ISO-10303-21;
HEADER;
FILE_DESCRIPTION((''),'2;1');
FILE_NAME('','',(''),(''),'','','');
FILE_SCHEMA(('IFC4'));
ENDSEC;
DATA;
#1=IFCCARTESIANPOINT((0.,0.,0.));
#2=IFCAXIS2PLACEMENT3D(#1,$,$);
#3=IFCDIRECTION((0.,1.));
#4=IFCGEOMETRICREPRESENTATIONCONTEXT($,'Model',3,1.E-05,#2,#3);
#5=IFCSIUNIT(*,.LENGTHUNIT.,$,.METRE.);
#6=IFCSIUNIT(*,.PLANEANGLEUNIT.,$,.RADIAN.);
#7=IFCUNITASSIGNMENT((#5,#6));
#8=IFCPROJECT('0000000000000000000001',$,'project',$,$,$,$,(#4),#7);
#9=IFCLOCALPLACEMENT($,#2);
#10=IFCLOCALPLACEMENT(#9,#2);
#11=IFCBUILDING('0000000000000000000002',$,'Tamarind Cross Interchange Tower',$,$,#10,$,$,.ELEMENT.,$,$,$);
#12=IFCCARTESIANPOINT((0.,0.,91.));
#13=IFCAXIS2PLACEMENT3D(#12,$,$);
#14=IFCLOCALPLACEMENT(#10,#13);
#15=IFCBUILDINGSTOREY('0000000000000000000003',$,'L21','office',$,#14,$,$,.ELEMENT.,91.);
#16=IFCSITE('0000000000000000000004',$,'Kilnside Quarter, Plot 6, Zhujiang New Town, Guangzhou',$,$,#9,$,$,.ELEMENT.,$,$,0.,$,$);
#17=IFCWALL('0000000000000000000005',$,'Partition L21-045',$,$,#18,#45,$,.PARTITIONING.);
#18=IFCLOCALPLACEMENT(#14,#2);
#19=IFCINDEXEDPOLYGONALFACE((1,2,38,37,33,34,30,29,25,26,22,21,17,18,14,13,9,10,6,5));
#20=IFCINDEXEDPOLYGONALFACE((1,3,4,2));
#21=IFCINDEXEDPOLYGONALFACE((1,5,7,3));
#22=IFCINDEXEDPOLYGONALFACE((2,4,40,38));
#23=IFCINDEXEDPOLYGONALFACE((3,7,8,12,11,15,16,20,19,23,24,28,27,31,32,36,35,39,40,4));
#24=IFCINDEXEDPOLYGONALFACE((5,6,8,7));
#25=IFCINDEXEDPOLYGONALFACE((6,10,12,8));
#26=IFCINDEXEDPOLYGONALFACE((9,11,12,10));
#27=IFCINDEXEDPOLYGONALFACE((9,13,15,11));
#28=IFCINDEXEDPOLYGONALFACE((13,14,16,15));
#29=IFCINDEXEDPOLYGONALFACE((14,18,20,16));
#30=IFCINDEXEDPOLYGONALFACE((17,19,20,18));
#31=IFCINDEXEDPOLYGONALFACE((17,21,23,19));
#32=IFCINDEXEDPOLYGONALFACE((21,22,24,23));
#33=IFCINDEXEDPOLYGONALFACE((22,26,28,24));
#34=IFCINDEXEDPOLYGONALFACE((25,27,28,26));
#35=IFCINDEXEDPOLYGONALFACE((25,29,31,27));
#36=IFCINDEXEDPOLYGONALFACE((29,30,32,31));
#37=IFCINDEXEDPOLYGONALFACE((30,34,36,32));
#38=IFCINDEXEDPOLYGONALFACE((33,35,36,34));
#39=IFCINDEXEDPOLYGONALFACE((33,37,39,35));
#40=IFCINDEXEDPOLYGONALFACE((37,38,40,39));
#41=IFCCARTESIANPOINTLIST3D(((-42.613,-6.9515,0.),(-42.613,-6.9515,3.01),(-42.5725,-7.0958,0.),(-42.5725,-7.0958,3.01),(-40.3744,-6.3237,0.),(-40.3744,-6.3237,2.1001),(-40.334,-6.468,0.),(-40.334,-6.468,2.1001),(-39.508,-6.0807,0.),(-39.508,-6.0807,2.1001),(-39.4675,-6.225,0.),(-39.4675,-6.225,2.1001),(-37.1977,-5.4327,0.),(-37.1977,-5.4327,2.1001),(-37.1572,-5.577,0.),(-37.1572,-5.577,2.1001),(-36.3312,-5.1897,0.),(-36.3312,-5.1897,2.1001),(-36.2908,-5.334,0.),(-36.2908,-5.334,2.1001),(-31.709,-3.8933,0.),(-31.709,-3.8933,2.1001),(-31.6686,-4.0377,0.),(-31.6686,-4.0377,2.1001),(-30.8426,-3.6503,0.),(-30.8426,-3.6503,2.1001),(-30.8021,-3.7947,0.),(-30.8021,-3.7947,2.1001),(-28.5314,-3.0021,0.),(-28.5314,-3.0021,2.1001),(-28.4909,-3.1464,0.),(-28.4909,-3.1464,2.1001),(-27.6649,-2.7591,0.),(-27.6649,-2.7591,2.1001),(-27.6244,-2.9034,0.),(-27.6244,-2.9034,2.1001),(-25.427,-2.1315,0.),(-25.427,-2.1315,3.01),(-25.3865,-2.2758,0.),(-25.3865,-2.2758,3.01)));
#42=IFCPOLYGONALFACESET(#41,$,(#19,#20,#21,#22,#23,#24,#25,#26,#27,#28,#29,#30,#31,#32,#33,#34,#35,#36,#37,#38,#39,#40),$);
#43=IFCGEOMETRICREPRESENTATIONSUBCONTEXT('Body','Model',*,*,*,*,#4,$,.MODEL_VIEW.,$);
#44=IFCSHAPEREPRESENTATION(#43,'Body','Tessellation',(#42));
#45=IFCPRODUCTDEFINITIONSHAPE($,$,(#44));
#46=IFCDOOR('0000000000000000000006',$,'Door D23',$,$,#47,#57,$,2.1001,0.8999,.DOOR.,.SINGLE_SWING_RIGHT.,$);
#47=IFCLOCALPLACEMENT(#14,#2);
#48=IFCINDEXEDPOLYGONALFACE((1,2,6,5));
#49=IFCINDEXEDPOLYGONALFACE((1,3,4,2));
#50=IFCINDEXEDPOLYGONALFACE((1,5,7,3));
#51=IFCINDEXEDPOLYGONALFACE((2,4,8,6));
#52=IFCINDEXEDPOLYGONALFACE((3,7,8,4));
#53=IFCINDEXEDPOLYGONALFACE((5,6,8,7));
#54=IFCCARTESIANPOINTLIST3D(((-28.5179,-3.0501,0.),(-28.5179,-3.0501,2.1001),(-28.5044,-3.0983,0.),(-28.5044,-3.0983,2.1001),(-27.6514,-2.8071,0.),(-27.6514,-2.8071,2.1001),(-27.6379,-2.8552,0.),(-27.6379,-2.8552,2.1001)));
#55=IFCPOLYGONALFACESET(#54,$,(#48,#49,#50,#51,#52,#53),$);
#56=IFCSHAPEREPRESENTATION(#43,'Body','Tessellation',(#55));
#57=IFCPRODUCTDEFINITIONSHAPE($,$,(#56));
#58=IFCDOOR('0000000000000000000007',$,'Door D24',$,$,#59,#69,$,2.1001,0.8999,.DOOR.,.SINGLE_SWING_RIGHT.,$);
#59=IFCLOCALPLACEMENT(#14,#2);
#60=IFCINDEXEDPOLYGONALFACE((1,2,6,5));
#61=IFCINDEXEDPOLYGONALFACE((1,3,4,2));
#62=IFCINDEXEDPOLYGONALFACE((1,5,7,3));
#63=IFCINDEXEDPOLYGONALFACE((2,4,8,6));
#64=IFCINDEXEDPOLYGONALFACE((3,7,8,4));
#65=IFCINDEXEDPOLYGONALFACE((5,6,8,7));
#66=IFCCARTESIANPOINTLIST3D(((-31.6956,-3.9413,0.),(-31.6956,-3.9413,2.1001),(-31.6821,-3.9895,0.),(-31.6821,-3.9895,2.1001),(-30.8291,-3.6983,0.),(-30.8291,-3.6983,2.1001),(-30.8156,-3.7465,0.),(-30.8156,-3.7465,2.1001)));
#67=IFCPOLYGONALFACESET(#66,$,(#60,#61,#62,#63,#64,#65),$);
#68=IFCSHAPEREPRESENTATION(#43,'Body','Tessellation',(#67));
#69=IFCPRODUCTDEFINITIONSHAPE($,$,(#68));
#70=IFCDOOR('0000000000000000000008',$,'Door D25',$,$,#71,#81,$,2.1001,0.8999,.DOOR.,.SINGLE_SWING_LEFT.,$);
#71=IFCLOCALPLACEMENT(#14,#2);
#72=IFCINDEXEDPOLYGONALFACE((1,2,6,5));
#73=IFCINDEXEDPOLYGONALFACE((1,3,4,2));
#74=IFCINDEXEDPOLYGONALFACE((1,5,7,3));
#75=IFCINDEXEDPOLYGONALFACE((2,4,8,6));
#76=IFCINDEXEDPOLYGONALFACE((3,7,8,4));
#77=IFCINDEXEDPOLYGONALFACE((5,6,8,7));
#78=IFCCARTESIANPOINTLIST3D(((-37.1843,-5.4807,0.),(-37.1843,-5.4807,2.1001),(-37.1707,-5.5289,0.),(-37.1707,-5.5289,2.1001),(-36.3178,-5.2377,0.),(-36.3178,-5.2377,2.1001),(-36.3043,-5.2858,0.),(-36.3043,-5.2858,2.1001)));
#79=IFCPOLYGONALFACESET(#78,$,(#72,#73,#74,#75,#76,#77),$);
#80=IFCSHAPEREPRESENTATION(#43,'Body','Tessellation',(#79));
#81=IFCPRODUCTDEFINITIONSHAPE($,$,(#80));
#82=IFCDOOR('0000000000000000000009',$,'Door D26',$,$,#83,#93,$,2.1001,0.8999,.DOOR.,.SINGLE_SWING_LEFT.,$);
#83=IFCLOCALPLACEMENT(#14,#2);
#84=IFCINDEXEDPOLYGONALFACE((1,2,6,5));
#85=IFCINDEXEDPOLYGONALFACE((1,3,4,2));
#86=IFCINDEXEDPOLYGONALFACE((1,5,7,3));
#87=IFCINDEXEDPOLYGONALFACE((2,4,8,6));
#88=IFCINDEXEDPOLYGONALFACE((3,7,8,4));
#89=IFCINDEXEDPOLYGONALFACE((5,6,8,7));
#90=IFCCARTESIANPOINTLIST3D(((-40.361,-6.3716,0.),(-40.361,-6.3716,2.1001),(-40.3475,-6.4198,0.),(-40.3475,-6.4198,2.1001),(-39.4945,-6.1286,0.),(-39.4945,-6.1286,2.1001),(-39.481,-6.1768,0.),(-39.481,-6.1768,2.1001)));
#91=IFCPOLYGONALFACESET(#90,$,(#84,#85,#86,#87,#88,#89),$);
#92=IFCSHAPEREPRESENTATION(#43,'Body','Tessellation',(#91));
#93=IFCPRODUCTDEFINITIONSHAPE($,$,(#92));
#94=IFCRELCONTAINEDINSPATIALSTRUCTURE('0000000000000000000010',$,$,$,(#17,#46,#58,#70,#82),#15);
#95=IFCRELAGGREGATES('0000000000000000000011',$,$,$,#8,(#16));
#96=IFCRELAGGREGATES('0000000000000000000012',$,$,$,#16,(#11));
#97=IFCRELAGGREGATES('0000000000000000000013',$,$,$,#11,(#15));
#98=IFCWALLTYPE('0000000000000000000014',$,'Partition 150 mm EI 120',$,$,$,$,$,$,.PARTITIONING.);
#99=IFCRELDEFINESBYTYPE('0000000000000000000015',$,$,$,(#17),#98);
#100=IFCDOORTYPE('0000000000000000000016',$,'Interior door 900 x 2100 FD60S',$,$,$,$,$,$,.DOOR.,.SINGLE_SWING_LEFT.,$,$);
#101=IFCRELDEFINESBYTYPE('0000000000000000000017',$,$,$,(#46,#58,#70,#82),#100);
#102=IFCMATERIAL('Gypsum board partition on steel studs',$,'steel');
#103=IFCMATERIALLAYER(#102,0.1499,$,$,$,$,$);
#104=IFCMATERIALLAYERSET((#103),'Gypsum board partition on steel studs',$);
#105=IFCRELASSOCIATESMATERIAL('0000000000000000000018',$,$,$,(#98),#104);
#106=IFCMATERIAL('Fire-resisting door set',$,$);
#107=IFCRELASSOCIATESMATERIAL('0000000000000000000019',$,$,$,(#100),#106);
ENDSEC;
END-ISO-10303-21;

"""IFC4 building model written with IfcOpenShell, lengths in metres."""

from ifc_helpers import new_model, si_unit, direction, frame, frame_2d, origin, place, context, subcontext, project, spatial, rectangle, extrude, material, layer, layer_set, type_object, element, fill, save


model = new_model("IFC4")

# Units and contexts
model_context = context("Model", 3, precision=1e-05, world=origin(), true_north=direction((0.0, 1.0)))
body_context = subcontext(model_context, "Body", "Model", "MODEL_VIEW")
ifc_project = project(units=[si_unit("LENGTHUNIT", "METRE"), si_unit("PLANEANGLEUNIT", "RADIAN")], contexts=[model_context])

# Site, building, storey
site_placement = place(None, origin())
site = spatial("IfcSite", under=ifc_project, at=site_placement, Name="Kilnside Quarter, Plot 6, Zhujiang New Town, Guangzhou", CompositionType="ELEMENT", RefElevation=0.0)
building_placement = place(site_placement, origin())
building = spatial("IfcBuilding", under=site, at=building_placement, Name="Tamarind Cross Interchange Tower", CompositionType="ELEMENT")
storey_placement = place(building_placement, frame((0.0, 0.0, 91.0)))
storey = spatial("IfcBuildingStorey", under=building, at=storey_placement, Name="L21", Description="office", CompositionType="ELEMENT", Elevation=91.0)

# Shared definitions
ifc_material_1 = material(Name="Gypsum board partition on steel studs", Category="steel")
ifc_layer_1 = layer(ifc_material_1, 0.1499)
ifc_layer_set_1 = layer_set([ifc_layer_1], Name="Gypsum board partition on steel studs")
wall_type_1 = type_object("IfcWallType", Name="Partition 150 mm EI 120", PredefinedType="PARTITIONING", material=ifc_layer_set_1)

# Shared definitions
ifc_material_2 = material(Name="Fire-resisting door set")

# Wall, openings, doors
wall_1_placement = place(storey_placement, frame((-42.5928, -7.0237, 0.0), z_axis=(0.0, 0.0, 1.0), x_axis=(0.962848, 0.270044, 0.0)))
wall_1 = element("IfcWall", 1, at=wall_1_placement, inside=storey, type_object=wall_type_1, Name="Partition L21-045", PredefinedType="PARTITIONING", context=body_context, shape_type="SweptSolid", body=[
    extrude(rectangle(XDim=17.8491, YDim=0.1499, at=frame_2d((8.9246, 0.0))), origin(), (0.0, 0.0, 1.0), 3.01),
])
opening_1_placement = place(wall_1_placement, frame((14.625, 0.0, 0.0)))
opening_1 = element("IfcOpeningElement", 2, at=opening_1_placement, cuts=wall_1, PredefinedType="OPENING", context=body_context, shape_type="SweptSolid", body=[
    extrude(rectangle(XDim=0.8999, YDim=2.1001, at=frame_2d((0.45, 1.05))), frame((0.0, 0.085, 0.0), z_axis=(0.0, -1.0, 0.0), x_axis=(1.0, 0.0, 0.0)), (0.0, 0.0, 1.0), 0.1699),
])
opening_2_placement = place(wall_1_placement, frame((11.3247, 0.0, 0.0)))
opening_2 = element("IfcOpeningElement", 3, at=opening_2_placement, cuts=wall_1, PredefinedType="OPENING", context=body_context, shape_type="SweptSolid", body=[
    extrude(rectangle(XDim=0.8999, YDim=2.1001, at=frame_2d((0.45, 1.05))), frame((0.0, 0.085, 0.0), z_axis=(0.0, -1.0, 0.0), x_axis=(1.0, 0.0, 0.0)), (0.0, 0.0, 1.0), 0.1699),
])
opening_3_placement = place(wall_1_placement, frame((5.6243, 0.0, 0.0)))
opening_3 = element("IfcOpeningElement", 4, at=opening_3_placement, cuts=wall_1, PredefinedType="OPENING", context=body_context, shape_type="SweptSolid", body=[
    extrude(rectangle(XDim=0.8999, YDim=2.1001, at=frame_2d((0.45, 1.05))), frame((0.0, 0.085, 0.0), z_axis=(0.0, -1.0, 0.0), x_axis=(1.0, 0.0, 0.0)), (0.0, 0.0, 1.0), 0.1699),
])
opening_4_placement = place(wall_1_placement, frame((2.325, 0.0, 0.0)))
opening_4 = element("IfcOpeningElement", 5, at=opening_4_placement, cuts=wall_1, PredefinedType="OPENING", context=body_context, shape_type="SweptSolid", body=[
    extrude(rectangle(XDim=0.8999, YDim=2.1001, at=frame_2d((0.45, 1.05))), frame((0.0, 0.085, 0.0), z_axis=(0.0, -1.0, 0.0), x_axis=(1.0, 0.0, 0.0)), (0.0, 0.0, 1.0), 0.1699),
])
door_type_1 = type_object("IfcDoorType", Name="Interior door 900 x 2100 FD60S", OperationType="SINGLE_SWING_LEFT", PredefinedType="DOOR", material=ifc_material_2)
door_1_placement = place(opening_1_placement, frame((0.8999, 0.0, 0.0), z_axis=(0.0, 0.0, 1.0), x_axis=(-1.0, 0.0, 0.0)))
door_1 = element("IfcDoor", 6, at=door_1_placement, inside=storey, type_object=door_type_1, Name="Door D23", OperationType="SINGLE_SWING_RIGHT", OverallHeight=2.1001, OverallWidth=0.8999, PredefinedType="DOOR", context=body_context, shape_type="SweptSolid", body=[
    extrude(rectangle(XDim=0.8999, YDim=2.1001, at=frame_2d((0.45, 1.05))), frame((0.0, 0.0249, 0.0), z_axis=(0.0, -1.0, 0.0), x_axis=(1.0, 0.0, 0.0)), (0.0, 0.0, 1.0), 0.05),
])
fill(opening_1, door_1)
door_2_placement = place(opening_2_placement, frame((0.8999, 0.0, 0.0), z_axis=(0.0, 0.0, 1.0), x_axis=(-1.0, 0.0, 0.0)))
door_2 = element("IfcDoor", 7, at=door_2_placement, inside=storey, type_object=door_type_1, Name="Door D24", OperationType="SINGLE_SWING_RIGHT", OverallHeight=2.1001, OverallWidth=0.8999, PredefinedType="DOOR", context=body_context, shape_type="SweptSolid", body=[
    extrude(rectangle(XDim=0.8999, YDim=2.1001, at=frame_2d((0.45, 1.05))), frame((0.0, 0.0249, 0.0), z_axis=(0.0, -1.0, 0.0), x_axis=(1.0, 0.0, 0.0)), (0.0, 0.0, 1.0), 0.05),
])
fill(opening_2, door_2)
door_3_placement = place(opening_3_placement, frame((0.8999, 0.0, 0.0), z_axis=(0.0, 0.0, 1.0), x_axis=(-1.0, 0.0, 0.0)))
door_3 = element("IfcDoor", 8, at=door_3_placement, inside=storey, type_object=door_type_1, Name="Door D25", OperationType="SINGLE_SWING_LEFT", OverallHeight=2.1001, OverallWidth=0.8999, PredefinedType="DOOR", context=body_context, shape_type="SweptSolid", body=[
    extrude(rectangle(XDim=0.8999, YDim=2.1001, at=frame_2d((0.45, 1.05))), frame((0.0, 0.0249, 0.0), z_axis=(0.0, -1.0, 0.0), x_axis=(1.0, 0.0, 0.0)), (0.0, 0.0, 1.0), 0.05),
])
fill(opening_3, door_3)
door_4_placement = place(opening_4_placement, frame((0.8999, 0.0, 0.0), z_axis=(0.0, 0.0, 1.0), x_axis=(-1.0, 0.0, 0.0)))
door_4 = element("IfcDoor", 9, at=door_4_placement, inside=storey, type_object=door_type_1, Name="Door D26", OperationType="SINGLE_SWING_LEFT", OverallHeight=2.1001, OverallWidth=0.8999, PredefinedType="DOOR", context=body_context, shape_type="SweptSolid", body=[
    extrude(rectangle(XDim=0.8999, YDim=2.1001, at=frame_2d((0.45, 1.05))), frame((0.0, 0.0249, 0.0), z_axis=(0.0, -1.0, 0.0), x_axis=(1.0, 0.0, 0.0)), (0.0, 0.0, 1.0), 0.05),
])
fill(opening_4, door_4)

save(model, "model.ifc")
